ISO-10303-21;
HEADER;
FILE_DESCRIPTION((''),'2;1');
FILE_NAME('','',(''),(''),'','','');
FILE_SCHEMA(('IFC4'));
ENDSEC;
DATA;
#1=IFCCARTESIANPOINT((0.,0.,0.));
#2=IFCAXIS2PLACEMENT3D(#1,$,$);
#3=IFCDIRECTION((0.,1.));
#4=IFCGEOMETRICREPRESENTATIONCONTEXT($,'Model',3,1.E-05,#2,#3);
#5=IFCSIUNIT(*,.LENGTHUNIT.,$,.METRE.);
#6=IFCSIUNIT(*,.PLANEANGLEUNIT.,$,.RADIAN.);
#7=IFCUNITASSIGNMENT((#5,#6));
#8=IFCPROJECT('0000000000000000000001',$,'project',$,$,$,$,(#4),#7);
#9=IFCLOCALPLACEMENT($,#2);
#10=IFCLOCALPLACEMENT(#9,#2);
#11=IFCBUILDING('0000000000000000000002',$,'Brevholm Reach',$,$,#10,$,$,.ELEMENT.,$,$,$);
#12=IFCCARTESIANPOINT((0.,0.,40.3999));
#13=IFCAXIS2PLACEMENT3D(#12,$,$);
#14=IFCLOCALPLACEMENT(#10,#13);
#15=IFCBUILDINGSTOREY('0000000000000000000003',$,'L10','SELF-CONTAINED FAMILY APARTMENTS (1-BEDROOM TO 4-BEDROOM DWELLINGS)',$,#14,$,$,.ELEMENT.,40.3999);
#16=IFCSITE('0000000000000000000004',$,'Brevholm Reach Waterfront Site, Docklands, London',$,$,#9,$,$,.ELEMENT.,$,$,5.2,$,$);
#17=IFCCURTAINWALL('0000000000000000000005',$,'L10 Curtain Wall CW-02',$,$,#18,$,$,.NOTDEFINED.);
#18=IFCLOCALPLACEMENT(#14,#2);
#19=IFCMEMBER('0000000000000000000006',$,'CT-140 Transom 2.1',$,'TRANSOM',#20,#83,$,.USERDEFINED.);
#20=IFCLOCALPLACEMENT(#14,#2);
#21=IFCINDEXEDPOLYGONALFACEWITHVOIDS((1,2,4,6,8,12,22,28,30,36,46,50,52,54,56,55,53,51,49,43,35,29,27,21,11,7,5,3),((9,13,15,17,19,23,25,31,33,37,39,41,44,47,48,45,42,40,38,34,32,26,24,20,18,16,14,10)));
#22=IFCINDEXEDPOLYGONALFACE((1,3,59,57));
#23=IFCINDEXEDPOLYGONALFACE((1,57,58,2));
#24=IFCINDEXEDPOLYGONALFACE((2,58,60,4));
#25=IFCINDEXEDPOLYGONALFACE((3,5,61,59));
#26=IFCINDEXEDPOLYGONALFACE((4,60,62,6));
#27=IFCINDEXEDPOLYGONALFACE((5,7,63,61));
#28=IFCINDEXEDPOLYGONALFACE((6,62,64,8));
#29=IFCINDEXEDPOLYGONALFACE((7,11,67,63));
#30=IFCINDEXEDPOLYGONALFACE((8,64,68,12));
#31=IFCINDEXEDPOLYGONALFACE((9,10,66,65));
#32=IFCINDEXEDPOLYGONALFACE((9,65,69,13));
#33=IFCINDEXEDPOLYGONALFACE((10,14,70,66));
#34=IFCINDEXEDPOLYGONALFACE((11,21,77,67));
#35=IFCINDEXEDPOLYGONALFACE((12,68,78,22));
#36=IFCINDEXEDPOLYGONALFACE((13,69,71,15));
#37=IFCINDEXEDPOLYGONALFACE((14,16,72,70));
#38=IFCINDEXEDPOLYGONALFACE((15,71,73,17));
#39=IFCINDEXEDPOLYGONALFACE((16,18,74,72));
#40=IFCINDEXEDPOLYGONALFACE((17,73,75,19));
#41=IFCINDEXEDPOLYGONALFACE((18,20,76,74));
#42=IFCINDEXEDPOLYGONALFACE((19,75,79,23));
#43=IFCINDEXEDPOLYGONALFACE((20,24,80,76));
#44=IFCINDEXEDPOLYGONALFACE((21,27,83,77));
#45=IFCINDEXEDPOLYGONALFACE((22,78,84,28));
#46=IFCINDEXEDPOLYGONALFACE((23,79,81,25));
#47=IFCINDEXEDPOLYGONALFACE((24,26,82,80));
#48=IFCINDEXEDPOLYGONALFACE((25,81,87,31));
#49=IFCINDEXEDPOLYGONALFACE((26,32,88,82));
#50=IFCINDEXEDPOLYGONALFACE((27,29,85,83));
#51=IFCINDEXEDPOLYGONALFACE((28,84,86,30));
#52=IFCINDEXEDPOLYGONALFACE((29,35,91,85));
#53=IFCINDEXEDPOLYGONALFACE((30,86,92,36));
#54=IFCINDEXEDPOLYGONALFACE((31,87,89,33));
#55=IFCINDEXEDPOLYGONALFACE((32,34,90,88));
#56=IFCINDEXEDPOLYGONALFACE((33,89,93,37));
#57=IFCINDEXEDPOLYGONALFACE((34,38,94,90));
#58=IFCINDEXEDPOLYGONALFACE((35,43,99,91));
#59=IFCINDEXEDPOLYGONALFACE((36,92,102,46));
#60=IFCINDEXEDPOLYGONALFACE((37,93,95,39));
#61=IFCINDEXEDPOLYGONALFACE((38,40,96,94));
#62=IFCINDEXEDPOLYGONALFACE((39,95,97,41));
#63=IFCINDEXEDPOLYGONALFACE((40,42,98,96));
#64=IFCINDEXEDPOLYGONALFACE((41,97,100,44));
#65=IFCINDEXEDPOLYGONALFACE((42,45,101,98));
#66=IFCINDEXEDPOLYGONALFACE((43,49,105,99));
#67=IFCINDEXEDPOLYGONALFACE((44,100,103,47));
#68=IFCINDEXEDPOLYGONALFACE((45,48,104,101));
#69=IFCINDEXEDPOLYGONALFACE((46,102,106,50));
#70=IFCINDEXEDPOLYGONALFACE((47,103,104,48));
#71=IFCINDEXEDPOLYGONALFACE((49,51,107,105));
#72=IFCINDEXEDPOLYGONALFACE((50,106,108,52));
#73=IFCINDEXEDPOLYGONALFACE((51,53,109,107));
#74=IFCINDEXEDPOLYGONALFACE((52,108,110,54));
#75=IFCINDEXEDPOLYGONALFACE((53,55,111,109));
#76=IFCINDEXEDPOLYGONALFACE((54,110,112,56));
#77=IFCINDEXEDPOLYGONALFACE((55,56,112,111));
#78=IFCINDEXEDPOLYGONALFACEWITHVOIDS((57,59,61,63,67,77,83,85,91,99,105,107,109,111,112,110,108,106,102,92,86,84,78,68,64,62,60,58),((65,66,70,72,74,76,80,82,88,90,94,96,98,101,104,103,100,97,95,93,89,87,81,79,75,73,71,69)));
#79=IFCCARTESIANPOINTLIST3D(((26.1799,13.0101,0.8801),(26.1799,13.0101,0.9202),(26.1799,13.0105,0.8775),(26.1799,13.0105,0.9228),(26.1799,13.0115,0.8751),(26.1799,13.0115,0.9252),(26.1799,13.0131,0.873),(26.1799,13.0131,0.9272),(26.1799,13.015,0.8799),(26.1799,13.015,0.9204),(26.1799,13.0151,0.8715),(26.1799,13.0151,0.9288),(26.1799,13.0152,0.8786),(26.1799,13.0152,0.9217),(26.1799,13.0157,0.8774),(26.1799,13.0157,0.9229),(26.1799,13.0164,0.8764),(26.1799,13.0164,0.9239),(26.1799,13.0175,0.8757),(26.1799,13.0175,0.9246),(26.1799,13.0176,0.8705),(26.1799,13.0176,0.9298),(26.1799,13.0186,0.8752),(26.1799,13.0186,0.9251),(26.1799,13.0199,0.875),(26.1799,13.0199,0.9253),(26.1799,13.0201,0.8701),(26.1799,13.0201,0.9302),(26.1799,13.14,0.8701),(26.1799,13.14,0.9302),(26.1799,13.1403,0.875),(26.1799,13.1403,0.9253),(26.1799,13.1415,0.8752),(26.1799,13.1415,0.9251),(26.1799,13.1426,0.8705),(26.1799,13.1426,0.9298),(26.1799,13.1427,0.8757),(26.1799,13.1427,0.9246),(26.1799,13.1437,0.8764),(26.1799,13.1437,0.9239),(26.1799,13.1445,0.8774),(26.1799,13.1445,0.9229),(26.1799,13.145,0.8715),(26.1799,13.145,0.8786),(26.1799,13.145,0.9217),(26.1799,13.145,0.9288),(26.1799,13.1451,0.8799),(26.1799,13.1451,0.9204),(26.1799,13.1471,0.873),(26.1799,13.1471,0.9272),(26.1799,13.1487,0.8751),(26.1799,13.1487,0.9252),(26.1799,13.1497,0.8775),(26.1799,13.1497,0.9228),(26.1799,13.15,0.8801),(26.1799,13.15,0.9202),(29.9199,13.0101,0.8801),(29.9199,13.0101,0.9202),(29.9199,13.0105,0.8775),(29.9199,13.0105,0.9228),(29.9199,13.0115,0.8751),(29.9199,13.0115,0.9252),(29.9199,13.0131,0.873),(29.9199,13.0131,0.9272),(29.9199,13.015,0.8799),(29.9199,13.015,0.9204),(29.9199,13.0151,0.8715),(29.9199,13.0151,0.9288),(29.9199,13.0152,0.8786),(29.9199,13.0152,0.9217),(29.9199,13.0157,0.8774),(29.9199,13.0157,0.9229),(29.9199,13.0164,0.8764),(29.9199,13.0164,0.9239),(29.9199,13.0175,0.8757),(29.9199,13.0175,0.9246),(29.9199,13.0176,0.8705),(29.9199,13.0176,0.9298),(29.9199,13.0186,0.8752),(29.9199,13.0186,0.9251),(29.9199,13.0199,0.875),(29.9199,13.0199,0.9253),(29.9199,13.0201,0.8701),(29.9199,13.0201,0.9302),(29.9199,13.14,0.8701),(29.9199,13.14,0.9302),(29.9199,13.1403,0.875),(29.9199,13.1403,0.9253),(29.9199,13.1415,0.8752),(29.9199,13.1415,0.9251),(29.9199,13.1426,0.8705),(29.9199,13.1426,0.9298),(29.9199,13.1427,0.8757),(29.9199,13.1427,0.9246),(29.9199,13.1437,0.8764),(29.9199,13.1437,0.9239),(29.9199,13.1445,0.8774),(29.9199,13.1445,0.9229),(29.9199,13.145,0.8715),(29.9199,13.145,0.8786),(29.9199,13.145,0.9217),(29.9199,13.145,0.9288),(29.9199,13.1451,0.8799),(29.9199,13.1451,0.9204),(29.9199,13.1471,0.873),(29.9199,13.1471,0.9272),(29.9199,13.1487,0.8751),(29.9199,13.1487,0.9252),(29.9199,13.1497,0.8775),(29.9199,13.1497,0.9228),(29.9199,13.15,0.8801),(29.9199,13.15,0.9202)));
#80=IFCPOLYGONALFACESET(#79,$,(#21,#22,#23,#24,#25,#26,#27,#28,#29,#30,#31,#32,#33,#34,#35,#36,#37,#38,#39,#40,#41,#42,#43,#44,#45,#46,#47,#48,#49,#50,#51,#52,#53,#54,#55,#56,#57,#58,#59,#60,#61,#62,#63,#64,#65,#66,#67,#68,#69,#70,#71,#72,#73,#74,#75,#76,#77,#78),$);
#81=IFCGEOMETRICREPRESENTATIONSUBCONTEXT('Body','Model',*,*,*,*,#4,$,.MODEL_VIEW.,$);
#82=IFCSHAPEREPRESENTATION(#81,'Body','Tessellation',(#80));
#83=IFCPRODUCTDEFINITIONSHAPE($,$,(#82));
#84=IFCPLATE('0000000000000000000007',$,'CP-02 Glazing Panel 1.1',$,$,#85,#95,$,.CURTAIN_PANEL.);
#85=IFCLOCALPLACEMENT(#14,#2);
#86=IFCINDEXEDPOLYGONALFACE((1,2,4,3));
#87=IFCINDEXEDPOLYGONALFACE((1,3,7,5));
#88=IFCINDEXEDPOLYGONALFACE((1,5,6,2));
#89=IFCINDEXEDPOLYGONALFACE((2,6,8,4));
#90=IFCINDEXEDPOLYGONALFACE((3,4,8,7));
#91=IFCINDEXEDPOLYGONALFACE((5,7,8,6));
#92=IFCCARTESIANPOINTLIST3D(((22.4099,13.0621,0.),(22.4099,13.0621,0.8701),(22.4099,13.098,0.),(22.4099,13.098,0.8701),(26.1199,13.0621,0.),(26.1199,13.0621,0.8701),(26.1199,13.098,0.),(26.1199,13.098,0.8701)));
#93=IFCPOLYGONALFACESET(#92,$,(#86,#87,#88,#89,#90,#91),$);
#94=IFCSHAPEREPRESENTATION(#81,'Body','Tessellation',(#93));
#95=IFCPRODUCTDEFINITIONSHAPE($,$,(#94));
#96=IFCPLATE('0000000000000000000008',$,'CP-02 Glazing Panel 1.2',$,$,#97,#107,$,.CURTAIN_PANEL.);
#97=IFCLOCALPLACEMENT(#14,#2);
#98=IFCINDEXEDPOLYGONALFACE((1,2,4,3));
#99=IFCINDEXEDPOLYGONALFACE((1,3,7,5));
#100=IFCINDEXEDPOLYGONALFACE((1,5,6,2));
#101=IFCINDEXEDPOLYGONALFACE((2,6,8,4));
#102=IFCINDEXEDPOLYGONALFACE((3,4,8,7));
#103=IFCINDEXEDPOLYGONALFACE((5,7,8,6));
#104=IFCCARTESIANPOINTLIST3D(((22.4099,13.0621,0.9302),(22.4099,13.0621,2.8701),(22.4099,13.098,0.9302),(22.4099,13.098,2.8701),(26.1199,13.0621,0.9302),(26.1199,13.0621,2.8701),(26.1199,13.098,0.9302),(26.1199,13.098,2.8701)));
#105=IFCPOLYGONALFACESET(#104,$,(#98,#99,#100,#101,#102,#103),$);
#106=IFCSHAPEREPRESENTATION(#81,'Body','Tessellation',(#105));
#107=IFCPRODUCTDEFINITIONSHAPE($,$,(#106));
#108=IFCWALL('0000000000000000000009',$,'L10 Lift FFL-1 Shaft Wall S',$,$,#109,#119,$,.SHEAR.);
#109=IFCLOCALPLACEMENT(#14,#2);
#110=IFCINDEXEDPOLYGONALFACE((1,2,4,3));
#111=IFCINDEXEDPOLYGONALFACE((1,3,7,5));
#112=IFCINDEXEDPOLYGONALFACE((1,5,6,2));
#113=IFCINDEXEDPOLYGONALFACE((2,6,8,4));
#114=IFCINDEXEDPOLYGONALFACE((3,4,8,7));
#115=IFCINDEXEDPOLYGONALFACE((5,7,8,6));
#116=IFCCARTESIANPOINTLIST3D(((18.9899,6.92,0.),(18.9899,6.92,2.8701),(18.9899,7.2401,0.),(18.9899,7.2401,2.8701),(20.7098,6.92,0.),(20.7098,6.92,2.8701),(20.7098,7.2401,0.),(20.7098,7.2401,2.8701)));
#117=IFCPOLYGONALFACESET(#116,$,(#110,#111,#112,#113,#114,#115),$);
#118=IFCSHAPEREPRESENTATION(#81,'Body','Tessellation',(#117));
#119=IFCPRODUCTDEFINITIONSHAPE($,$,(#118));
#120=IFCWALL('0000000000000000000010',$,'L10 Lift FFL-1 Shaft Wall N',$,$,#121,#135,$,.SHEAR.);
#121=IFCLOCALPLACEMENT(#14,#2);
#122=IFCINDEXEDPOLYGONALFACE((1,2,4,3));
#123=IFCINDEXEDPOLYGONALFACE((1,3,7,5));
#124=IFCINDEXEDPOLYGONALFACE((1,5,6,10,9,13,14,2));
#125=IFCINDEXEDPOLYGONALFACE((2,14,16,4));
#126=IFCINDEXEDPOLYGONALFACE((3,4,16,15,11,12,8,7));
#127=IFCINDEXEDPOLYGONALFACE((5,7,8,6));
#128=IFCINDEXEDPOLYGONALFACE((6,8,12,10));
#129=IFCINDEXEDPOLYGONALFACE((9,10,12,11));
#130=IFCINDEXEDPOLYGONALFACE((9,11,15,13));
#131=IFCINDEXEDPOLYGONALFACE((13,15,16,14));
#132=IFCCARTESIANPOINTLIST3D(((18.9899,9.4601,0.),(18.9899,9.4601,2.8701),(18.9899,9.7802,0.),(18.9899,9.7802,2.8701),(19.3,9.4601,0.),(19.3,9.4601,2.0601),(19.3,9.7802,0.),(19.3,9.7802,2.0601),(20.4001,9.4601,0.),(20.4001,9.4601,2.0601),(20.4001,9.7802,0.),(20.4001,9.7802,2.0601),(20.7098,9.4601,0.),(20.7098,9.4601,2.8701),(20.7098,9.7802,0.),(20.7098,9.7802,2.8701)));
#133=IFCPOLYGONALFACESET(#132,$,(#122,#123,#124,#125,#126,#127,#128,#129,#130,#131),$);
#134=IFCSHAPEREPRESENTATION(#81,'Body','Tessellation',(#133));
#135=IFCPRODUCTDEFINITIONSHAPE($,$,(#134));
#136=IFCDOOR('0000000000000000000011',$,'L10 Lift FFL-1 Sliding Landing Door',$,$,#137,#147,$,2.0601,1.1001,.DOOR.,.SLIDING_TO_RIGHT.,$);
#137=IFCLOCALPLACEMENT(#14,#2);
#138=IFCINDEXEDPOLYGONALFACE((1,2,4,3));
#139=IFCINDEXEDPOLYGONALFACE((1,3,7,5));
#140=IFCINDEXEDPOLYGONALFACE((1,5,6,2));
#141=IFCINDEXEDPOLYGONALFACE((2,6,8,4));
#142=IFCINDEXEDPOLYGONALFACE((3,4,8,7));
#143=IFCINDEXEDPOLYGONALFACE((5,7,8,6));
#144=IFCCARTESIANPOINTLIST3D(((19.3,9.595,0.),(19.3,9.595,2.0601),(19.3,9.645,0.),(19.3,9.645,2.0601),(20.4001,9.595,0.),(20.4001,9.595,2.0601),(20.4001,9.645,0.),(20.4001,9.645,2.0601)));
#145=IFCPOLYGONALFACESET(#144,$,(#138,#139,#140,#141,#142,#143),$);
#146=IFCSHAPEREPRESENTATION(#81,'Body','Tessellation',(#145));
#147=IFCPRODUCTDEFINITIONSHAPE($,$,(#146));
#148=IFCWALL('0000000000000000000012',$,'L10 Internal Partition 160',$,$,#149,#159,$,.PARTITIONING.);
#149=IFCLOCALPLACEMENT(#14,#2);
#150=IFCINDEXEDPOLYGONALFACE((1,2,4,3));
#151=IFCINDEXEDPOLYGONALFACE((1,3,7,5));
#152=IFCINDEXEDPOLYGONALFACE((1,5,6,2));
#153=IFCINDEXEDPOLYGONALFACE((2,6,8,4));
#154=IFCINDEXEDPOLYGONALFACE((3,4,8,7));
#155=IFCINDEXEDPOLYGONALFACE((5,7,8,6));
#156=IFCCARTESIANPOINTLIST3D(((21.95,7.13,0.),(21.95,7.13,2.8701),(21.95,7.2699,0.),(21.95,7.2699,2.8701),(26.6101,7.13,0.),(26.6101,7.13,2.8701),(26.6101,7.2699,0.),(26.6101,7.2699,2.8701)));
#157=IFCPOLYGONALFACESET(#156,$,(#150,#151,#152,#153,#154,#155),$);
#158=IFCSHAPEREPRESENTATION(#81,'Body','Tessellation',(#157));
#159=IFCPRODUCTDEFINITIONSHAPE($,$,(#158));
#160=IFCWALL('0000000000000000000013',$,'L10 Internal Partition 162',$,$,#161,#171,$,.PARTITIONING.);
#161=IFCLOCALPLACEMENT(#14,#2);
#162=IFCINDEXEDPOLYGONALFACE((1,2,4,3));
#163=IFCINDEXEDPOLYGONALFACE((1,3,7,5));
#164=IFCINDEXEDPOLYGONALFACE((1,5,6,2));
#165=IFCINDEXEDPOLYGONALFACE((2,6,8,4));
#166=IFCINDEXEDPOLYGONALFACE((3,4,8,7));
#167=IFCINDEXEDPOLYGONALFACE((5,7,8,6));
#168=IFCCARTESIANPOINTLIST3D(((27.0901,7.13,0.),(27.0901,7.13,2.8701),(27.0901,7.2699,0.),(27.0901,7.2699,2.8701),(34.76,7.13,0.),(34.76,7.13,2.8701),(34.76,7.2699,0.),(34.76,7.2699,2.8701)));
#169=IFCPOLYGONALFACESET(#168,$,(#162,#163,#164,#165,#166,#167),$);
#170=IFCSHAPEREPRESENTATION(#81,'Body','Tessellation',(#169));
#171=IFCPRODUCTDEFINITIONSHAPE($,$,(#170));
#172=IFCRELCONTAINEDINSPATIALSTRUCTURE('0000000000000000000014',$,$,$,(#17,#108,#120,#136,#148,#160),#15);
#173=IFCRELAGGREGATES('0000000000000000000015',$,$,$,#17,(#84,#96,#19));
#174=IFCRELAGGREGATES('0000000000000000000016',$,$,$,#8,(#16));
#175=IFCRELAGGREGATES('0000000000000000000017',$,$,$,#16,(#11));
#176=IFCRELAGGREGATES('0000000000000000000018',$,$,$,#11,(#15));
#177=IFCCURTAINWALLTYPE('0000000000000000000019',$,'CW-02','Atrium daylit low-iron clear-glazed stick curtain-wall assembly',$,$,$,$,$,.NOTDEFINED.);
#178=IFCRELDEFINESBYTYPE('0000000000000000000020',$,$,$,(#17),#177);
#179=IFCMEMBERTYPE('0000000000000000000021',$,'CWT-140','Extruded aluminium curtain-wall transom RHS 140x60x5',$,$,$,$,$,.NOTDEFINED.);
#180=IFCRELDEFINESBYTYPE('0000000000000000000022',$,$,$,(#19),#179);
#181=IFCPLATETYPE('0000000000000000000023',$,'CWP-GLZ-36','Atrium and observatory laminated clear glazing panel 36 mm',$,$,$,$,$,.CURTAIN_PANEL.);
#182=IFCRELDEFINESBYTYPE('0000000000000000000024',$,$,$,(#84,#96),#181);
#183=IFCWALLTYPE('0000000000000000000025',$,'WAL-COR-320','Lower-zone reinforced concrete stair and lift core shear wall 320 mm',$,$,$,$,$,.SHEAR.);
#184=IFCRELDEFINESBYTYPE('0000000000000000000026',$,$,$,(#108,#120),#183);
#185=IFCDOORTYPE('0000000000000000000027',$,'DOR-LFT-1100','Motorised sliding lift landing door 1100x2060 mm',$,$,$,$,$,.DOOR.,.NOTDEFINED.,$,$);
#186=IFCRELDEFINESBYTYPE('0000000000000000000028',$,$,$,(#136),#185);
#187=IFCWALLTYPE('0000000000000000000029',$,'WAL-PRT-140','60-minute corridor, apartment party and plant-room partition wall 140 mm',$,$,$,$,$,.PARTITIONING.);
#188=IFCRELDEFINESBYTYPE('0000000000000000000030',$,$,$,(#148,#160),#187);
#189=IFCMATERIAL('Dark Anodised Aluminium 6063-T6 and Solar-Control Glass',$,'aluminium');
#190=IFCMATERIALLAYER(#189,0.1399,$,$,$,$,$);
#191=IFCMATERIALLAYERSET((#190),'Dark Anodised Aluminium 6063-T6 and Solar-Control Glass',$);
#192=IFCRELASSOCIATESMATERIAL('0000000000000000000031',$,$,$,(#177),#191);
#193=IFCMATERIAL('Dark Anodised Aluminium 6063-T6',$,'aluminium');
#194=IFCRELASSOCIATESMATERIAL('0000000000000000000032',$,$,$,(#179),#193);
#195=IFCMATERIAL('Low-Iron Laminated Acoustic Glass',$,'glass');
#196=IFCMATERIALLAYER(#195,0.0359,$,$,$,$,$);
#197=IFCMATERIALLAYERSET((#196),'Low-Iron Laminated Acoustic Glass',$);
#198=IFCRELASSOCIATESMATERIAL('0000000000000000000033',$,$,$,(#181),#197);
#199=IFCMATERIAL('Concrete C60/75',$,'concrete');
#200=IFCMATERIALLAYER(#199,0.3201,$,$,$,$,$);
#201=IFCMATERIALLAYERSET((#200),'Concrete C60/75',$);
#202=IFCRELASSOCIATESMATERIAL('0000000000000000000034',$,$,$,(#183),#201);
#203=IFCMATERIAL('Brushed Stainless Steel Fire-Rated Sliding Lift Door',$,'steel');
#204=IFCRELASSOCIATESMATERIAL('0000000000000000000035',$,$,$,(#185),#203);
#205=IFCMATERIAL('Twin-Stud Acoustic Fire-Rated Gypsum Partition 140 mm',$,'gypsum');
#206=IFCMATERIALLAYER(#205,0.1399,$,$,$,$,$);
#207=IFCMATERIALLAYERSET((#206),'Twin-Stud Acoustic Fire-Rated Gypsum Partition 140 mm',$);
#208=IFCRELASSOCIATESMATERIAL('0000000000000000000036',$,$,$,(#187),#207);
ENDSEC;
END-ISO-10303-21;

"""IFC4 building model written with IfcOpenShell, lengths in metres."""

from ifc_helpers import new_model, si_unit, direction, frame, frame_2d, origin, origin_2d, place, context, subcontext, project, spatial, rectangle, hollow_rectangle, extrude, material, layer, layer_set, material_profile, profile_set, type_object, element, fill, aggregate, save


model = new_model("IFC4")

# Units and contexts
model_context = context("Model", 3, precision=1e-05, world=origin(), true_north=direction((0.0, 1.0)))
body_context = subcontext(model_context, "Body", "Model", "MODEL_VIEW")
ifc_project = project(units=[si_unit("LENGTHUNIT", "METRE"), si_unit("PLANEANGLEUNIT", "RADIAN")], contexts=[model_context])

# Site, building, storey
site_placement = place(None, origin())
site = spatial("IfcSite", under=ifc_project, at=site_placement, Name="Brevholm Reach Waterfront Site, Docklands, London", CompositionType="ELEMENT", RefElevation=5.2)
building_placement = place(site_placement, origin())
building = spatial("IfcBuilding", under=site, at=building_placement, Name="Brevholm Reach", CompositionType="ELEMENT")
storey_placement = place(building_placement, frame((0.0, 0.0, 40.3999)))
storey = spatial("IfcBuildingStorey", under=building, at=storey_placement, Name="L10", Description="SELF-CONTAINED FAMILY APARTMENTS (1-BEDROOM TO 4-BEDROOM DWELLINGS)", CompositionType="ELEMENT", Elevation=40.3999)

# Curtain wall, member, plates
ifc_material_1 = material(Name="Dark Anodised Aluminium 6063-T6 and Solar-Control Glass", Category="aluminium")
ifc_layer_1 = layer(ifc_material_1, 0.1399)
ifc_layer_set_1 = layer_set([ifc_layer_1], Name="Dark Anodised Aluminium 6063-T6 and Solar-Control Glass")
curtain_wall_type = type_object("IfcCurtainWallType", Name="CW-02", Description="Atrium daylit low-iron clear-glazed stick curtain-wall assembly", PredefinedType="NOTDEFINED", material=ifc_layer_set_1)
curtain_wall_placement = place(storey_placement, origin())
curtain_wall = element("IfcCurtainWall", 1, at=curtain_wall_placement, inside=storey, type_object=curtain_wall_type, Name="L10 Curtain Wall CW-02", PredefinedType="NOTDEFINED")
ifc_material_2 = material(Name="Dark Anodised Aluminium 6063-T6", Category="aluminium")
ifc_material_profile_1 = material_profile(ifc_material_2, hollow_rectangle(XDim=0.0601, YDim=0.1399, WallThickness=0.0049, InnerFilletRadius=0.0049, OuterFilletRadius=0.01, at=origin_2d()), Name="RHS 140x60x5")
ifc_profile_set_1 = profile_set([ifc_material_profile_1], Name="Dark Anodised Aluminium 6063-T6")
member_type_1 = type_object("IfcMemberType", Name="CWT-140", Description="Extruded aluminium curtain-wall transom RHS 140x60x5", PredefinedType="NOTDEFINED", material=ifc_profile_set_1)
member_1_placement = place(storey_placement, frame((26.1799, 13.0801, 0.9001), z_axis=(1.0, 0.0, 0.0), x_axis=(0.0, 0.0, 1.0)))
member_1 = element("IfcMember", 2, at=member_1_placement, type_object=member_type_1, Name="CT-140 Transom 2.1", ObjectType="TRANSOM", PredefinedType="USERDEFINED", context=body_context, shape_type="SweptSolid", body=[
    extrude(hollow_rectangle(XDim=0.0601, YDim=0.1399, WallThickness=0.0049, InnerFilletRadius=0.0049, OuterFilletRadius=0.01, at=origin_2d()), origin(), (0.0, 0.0, 1.0), 3.74),
])
ifc_material_3 = material(Name="Low-Iron Laminated Acoustic Glass", Category="glass")
ifc_layer_2 = layer(ifc_material_3, 0.0359)
ifc_layer_set_2 = layer_set([ifc_layer_2], Name="Low-Iron Laminated Acoustic Glass")
plate_type = type_object("IfcPlateType", Name="CWP-GLZ-36", Description="Atrium and observatory laminated clear glazing panel 36 mm", PredefinedType="CURTAIN_PANEL", material=ifc_layer_set_2)
plate_1_placement = place(storey_placement, frame((24.2649, 13.0801, 0.0), z_axis=(0.0, 0.0, 1.0), x_axis=(1.0, 0.0, 0.0)))
plate_1 = element("IfcPlate", 3, at=plate_1_placement, type_object=plate_type, Name="CP-02 Glazing Panel 1.1", PredefinedType="CURTAIN_PANEL", context=body_context, shape_type="SweptSolid", body=[
    extrude(rectangle(XDim=3.71, YDim=0.0359, at=origin_2d()), origin(), (0.0, 0.0, 1.0), 0.8701),
])
plate_2_placement = place(storey_placement, frame((24.2649, 13.0801, 0.9302), z_axis=(0.0, 0.0, 1.0), x_axis=(1.0, 0.0, 0.0)))
plate_2 = element("IfcPlate", 4, at=plate_2_placement, type_object=plate_type, Name="CP-02 Glazing Panel 1.2", PredefinedType="CURTAIN_PANEL", context=body_context, shape_type="SweptSolid", body=[
    extrude(rectangle(XDim=3.71, YDim=0.0359, at=origin_2d()), origin(), (0.0, 0.0, 1.0), 1.9399),
])
aggregate(curtain_wall, [plate_1, plate_2, member_1])

# Wall
ifc_material_4 = material(Name="Concrete C60/75", Category="concrete")
ifc_layer_3 = layer(ifc_material_4, 0.3201)
ifc_layer_set_3 = layer_set([ifc_layer_3], Name="Concrete C60/75")
wall_type_1 = type_object("IfcWallType", Name="WAL-COR-320", Description="Lower-zone reinforced concrete stair and lift core shear wall 320 mm", PredefinedType="SHEAR", material=ifc_layer_set_3)
wall_1_placement = place(storey_placement, frame((18.99, 7.0801, 0.0), z_axis=(0.0, 0.0, 1.0), x_axis=(1.0, 0.0, 0.0)))
element("IfcWall", 5, at=wall_1_placement, inside=storey, type_object=wall_type_1, Name="L10 Lift FFL-1 Shaft Wall S", PredefinedType="SHEAR", context=body_context, shape_type="SweptSolid", body=[
    extrude(rectangle(XDim=1.72, YDim=0.3201, at=frame_2d((0.8599, 0.0))), origin(), (0.0, 0.0, 1.0), 2.8701),
])

# Wall, opening, door
wall_2_placement = place(storey_placement, frame((18.99, 9.6201, 0.0), z_axis=(0.0, 0.0, 1.0), x_axis=(1.0, 0.0, 0.0)))
wall_2 = element("IfcWall", 6, at=wall_2_placement, inside=storey, type_object=wall_type_1, Name="L10 Lift FFL-1 Shaft Wall N", PredefinedType="SHEAR", context=body_context, shape_type="SweptSolid", body=[
    extrude(rectangle(XDim=1.72, YDim=0.3201, at=frame_2d((0.8599, 0.0))), origin(), (0.0, 0.0, 1.0), 2.8701),
])
opening_1_placement = place(wall_2_placement, frame((0.3101, 0.0, 0.0)))
opening_1 = element("IfcOpeningElement", 7, at=opening_1_placement, cuts=wall_2, PredefinedType="OPENING", context=body_context, shape_type="SweptSolid", body=[
    extrude(rectangle(XDim=1.1001, YDim=2.0601, at=frame_2d((0.55, 1.03))), frame((0.0, 0.1699, 0.0), z_axis=(0.0, -1.0, 0.0), x_axis=(1.0, 0.0, 0.0)), (0.0, 0.0, 1.0), 0.3401),
])
ifc_material_5 = material(Name="Brushed Stainless Steel Fire-Rated Sliding Lift Door", Category="steel")
door_type_1 = type_object("IfcDoorType", Name="DOR-LFT-1100", Description="Motorised sliding lift landing door 1100x2060 mm", OperationType="NOTDEFINED", PredefinedType="DOOR", material=ifc_material_5)
door_1_placement = place(opening_1_placement, origin())
door_1 = element("IfcDoor", 8, at=door_1_placement, inside=storey, type_object=door_type_1, Name="L10 Lift FFL-1 Sliding Landing Door", OperationType="SLIDING_TO_RIGHT", OverallHeight=2.0601, OverallWidth=1.1001, PredefinedType="DOOR", context=body_context, shape_type="SweptSolid", body=[
    extrude(rectangle(XDim=1.1001, YDim=2.0601, at=frame_2d((0.55, 1.03))), frame((0.0, 0.0249, 0.0), z_axis=(0.0, -1.0, 0.0), x_axis=(1.0, 0.0, 0.0)), (0.0, 0.0, 1.0), 0.05),
])
fill(opening_1, door_1)

# Walls
ifc_material_6 = material(Name="Twin-Stud Acoustic Fire-Rated Gypsum Partition 140 mm", Category="gypsum")
ifc_layer_4 = layer(ifc_material_6, 0.1399)
ifc_layer_set_4 = layer_set([ifc_layer_4], Name="Twin-Stud Acoustic Fire-Rated Gypsum Partition 140 mm")
wall_type_2 = type_object("IfcWallType", Name="WAL-PRT-140", Description="60-minute corridor, apartment party and plant-room partition wall 140 mm", PredefinedType="PARTITIONING", material=ifc_layer_set_4)
wall_3_placement = place(storey_placement, frame((21.95, 7.2, 0.0), z_axis=(0.0, 0.0, 1.0), x_axis=(1.0, 0.0, 0.0)))
element("IfcWall", 9, at=wall_3_placement, inside=storey, type_object=wall_type_2, Name="L10 Internal Partition 160", PredefinedType="PARTITIONING", context=body_context, shape_type="SweptSolid", body=[
    extrude(rectangle(XDim=4.6602, YDim=0.1399, at=frame_2d((2.3301, 0.0))), origin(), (0.0, 0.0, 1.0), 2.8701),
])
wall_4_placement = place(storey_placement, frame((27.0901, 7.2, 0.0), z_axis=(0.0, 0.0, 1.0), x_axis=(1.0, 0.0, 0.0)))
element("IfcWall", 10, at=wall_4_placement, inside=storey, type_object=wall_type_2, Name="L10 Internal Partition 162", PredefinedType="PARTITIONING", context=body_context, shape_type="SweptSolid", body=[
    extrude(rectangle(XDim=7.6699, YDim=0.1399, at=frame_2d((3.835, 0.0))), origin(), (0.0, 0.0, 1.0), 2.8701),
])

save(model, "model.ifc")
